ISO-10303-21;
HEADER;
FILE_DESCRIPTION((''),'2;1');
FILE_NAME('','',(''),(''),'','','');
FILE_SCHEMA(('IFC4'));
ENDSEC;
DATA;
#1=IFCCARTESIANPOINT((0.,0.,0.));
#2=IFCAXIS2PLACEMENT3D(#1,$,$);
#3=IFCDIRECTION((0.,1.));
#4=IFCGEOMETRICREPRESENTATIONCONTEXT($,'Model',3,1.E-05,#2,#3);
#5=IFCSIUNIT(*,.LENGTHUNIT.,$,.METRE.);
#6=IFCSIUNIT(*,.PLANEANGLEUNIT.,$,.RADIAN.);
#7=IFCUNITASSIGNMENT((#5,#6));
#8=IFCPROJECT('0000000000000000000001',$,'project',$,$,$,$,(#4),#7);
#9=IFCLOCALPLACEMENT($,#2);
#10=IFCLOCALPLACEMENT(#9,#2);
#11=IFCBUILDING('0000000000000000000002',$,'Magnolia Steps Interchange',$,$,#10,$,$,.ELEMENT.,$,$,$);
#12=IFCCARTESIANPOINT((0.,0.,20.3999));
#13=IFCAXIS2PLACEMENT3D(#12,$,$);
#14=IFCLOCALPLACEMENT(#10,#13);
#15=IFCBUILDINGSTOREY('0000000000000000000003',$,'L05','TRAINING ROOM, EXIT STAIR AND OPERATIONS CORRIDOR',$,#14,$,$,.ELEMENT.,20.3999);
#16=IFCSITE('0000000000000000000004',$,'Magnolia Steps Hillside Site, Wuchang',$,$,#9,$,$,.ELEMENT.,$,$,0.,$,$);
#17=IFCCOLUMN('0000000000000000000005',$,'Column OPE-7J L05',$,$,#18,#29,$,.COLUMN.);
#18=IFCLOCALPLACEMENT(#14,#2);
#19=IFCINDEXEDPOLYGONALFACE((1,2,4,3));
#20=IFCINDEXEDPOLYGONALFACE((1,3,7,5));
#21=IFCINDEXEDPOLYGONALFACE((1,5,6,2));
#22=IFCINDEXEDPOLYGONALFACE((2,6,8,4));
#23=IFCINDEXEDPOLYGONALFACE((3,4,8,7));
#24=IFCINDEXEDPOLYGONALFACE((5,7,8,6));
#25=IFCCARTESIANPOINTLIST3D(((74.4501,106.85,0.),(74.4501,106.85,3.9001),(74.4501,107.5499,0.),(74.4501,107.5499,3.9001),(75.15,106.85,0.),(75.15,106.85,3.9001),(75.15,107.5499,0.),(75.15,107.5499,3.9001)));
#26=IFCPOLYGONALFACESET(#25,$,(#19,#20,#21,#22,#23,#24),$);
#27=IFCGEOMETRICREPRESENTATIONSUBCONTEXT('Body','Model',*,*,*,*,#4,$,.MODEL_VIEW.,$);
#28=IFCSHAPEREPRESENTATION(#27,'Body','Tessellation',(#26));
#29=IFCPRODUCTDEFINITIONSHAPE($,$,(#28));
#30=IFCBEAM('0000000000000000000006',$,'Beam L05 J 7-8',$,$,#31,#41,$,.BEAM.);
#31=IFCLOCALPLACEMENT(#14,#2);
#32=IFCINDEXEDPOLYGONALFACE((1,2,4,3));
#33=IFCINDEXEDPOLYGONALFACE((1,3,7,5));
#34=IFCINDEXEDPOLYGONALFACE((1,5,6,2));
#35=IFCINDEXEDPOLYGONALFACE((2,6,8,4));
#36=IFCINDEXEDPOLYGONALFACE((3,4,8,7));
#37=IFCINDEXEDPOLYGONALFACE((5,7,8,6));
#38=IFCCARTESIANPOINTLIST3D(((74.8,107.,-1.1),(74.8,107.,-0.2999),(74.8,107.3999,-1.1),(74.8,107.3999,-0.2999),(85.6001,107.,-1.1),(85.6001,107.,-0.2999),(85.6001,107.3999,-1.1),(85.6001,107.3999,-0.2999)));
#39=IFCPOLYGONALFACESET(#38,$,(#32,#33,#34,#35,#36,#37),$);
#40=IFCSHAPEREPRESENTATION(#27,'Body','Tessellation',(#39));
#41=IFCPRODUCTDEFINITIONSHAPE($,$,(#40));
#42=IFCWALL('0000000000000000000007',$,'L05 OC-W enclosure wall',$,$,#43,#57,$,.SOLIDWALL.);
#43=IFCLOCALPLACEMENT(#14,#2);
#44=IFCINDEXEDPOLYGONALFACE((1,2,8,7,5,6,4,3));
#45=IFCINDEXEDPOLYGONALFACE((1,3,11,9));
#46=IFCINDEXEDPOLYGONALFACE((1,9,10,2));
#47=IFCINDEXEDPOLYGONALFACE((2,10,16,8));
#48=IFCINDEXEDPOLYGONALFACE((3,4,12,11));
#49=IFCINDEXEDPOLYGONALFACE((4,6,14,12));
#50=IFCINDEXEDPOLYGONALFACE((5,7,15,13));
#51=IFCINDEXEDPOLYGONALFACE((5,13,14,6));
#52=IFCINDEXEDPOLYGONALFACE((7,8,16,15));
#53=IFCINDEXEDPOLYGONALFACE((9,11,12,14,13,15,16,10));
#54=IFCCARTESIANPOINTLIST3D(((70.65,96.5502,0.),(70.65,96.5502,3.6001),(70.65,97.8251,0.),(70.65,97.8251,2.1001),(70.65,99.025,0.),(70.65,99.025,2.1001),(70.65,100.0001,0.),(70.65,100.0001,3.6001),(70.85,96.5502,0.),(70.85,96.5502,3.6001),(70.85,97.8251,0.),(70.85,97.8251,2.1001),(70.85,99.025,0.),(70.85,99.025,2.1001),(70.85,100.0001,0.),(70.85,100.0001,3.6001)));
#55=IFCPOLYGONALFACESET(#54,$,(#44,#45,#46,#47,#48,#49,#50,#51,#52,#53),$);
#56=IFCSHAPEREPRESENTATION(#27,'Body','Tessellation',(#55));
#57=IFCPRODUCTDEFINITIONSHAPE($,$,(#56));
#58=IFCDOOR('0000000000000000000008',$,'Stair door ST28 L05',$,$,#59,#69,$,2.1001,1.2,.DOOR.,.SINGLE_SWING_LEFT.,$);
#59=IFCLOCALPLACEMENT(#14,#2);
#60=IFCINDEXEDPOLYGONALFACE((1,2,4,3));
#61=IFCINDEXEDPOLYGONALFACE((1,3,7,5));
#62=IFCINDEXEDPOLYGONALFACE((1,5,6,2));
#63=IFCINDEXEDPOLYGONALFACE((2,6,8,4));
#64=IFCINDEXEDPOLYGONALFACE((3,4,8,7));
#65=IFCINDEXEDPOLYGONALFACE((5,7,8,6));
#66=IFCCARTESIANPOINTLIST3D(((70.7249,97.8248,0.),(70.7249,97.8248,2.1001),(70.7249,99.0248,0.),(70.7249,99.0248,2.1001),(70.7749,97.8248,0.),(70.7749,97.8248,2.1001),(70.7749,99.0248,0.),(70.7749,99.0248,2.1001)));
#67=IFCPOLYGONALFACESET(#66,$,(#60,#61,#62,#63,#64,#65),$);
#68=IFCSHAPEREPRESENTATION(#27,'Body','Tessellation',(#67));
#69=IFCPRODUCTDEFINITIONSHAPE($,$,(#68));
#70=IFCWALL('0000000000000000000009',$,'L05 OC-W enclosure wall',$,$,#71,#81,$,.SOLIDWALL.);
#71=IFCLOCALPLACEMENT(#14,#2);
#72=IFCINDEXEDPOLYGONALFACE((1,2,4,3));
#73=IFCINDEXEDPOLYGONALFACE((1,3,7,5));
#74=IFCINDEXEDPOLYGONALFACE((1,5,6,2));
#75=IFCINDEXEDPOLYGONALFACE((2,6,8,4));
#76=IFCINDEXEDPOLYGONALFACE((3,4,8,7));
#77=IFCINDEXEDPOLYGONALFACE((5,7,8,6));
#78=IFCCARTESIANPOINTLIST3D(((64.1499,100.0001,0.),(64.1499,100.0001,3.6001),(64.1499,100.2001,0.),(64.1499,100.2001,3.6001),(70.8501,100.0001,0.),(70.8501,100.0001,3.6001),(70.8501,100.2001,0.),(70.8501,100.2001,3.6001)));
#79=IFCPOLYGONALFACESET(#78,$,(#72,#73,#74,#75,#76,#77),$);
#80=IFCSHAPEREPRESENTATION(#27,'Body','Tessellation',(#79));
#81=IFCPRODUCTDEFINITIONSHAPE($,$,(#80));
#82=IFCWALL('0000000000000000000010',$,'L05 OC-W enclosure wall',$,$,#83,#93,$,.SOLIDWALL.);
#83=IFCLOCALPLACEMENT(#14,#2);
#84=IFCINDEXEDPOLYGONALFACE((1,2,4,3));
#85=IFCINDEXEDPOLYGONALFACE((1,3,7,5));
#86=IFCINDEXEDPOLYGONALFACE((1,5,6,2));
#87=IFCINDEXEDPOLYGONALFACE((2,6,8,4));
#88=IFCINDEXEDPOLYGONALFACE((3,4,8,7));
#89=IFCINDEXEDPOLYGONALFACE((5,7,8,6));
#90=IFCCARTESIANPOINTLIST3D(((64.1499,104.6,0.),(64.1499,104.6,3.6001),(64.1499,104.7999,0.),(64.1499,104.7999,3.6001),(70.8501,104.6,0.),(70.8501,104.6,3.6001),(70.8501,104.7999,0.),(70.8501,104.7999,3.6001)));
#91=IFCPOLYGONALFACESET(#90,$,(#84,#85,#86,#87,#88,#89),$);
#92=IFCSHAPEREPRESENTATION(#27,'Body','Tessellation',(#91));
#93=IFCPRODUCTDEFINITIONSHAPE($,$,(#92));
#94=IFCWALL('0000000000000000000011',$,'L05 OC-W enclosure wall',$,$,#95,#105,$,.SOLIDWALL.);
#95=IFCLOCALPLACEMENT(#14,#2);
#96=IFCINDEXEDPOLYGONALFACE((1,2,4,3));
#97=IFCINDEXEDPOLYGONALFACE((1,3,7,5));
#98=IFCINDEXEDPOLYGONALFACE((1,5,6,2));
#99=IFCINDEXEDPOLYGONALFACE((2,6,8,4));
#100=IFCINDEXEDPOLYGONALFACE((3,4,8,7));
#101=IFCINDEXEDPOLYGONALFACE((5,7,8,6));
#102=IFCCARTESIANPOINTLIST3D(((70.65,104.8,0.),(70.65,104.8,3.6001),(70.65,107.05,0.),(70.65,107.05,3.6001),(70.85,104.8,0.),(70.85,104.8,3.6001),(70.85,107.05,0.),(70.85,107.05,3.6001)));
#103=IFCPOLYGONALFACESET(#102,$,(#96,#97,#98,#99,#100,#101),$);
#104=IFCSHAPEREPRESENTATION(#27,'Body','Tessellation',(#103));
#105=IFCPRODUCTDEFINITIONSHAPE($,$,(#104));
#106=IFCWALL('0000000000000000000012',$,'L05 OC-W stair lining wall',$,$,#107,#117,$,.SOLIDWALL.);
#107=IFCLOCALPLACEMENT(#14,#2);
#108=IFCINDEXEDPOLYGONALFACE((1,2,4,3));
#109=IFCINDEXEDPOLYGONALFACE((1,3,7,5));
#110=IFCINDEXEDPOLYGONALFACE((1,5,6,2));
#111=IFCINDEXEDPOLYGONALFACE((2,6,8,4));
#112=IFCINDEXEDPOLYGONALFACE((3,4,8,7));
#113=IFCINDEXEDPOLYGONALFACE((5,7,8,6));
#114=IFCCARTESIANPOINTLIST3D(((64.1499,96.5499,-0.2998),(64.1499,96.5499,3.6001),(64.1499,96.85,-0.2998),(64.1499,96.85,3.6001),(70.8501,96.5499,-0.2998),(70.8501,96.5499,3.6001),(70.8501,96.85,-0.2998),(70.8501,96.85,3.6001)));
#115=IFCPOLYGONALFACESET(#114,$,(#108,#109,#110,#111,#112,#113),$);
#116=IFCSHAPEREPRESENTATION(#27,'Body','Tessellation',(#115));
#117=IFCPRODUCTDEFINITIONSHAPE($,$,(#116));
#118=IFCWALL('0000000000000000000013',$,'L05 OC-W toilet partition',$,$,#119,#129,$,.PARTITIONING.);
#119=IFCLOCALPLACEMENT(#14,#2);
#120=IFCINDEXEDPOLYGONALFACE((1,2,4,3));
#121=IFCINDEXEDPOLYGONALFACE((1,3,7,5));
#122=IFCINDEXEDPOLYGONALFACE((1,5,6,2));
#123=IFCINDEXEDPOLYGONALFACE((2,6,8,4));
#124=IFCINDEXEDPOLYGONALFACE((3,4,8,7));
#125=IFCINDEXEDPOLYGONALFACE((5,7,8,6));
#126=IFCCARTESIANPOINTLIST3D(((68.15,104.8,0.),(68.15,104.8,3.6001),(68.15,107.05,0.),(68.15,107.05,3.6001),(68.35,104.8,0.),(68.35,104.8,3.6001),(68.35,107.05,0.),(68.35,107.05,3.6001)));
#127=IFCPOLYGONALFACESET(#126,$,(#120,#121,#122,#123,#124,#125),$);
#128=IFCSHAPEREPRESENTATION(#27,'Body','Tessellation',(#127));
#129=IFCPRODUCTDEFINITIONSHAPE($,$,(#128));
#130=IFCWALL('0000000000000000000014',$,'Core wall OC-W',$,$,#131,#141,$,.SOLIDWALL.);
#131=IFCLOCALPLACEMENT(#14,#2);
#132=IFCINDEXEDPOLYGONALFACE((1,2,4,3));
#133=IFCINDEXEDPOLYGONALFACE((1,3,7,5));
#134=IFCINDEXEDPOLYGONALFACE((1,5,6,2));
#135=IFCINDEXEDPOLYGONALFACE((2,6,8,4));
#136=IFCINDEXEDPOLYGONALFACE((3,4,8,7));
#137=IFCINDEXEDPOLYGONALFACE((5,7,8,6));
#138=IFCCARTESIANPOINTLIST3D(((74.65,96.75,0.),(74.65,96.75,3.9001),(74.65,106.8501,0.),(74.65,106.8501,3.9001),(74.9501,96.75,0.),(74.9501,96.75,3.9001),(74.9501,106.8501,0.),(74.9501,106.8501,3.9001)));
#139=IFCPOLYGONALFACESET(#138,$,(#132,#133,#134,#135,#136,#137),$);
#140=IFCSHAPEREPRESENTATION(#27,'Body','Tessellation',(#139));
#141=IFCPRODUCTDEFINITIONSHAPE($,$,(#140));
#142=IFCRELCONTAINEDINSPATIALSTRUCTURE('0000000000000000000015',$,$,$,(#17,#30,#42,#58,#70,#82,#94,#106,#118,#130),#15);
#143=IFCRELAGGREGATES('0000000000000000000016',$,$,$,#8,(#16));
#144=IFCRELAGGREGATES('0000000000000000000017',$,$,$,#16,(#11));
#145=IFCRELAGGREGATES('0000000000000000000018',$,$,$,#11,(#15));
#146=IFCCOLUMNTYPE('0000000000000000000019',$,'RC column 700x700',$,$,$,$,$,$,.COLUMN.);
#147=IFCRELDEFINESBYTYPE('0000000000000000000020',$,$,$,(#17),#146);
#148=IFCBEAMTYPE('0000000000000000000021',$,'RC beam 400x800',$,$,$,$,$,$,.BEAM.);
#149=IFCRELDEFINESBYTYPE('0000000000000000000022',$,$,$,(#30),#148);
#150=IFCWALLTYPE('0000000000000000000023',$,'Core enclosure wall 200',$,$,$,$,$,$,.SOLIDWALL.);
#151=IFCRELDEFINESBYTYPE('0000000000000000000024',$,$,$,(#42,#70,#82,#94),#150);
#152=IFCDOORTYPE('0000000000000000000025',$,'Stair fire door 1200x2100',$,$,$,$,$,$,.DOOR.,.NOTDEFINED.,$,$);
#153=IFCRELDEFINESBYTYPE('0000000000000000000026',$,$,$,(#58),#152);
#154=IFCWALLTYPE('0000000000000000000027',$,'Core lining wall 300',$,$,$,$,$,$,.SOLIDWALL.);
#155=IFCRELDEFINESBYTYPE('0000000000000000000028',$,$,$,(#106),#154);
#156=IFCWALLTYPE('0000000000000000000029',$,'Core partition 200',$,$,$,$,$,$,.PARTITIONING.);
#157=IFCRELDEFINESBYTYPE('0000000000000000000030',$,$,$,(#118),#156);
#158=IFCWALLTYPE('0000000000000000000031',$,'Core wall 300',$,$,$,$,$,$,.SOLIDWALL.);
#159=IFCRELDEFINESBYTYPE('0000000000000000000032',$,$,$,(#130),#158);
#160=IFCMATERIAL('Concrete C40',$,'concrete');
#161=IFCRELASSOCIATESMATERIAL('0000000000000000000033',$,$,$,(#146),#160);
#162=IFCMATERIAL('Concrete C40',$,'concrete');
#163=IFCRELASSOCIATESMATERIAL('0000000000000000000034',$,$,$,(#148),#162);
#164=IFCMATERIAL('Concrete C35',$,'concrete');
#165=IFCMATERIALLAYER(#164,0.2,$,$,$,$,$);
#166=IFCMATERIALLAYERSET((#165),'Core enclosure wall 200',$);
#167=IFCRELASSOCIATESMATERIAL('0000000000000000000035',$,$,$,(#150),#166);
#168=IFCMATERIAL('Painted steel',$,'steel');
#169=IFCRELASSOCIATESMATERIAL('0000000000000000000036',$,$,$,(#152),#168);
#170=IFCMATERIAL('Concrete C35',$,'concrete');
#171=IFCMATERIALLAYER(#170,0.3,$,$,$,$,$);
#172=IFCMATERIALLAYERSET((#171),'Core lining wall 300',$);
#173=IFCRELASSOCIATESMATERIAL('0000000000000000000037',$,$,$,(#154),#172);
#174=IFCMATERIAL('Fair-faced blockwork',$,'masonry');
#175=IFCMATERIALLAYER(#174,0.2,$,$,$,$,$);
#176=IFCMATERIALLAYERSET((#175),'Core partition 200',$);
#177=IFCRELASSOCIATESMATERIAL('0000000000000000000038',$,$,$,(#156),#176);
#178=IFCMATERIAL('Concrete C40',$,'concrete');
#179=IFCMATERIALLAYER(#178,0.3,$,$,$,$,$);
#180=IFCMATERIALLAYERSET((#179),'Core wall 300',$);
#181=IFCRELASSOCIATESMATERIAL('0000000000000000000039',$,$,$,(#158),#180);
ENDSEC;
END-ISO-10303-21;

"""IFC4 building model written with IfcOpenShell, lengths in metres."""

from ifc_helpers import new_model, si_unit, direction, frame, frame_2d, origin, origin_2d, place, context, subcontext, project, spatial, rectangle, extrude, material, layer, layer_set, material_profile, profile_set, type_object, element, fill, save


model = new_model("IFC4")

# Units and contexts
model_context = context("Model", 3, precision=1e-05, world=origin(), true_north=direction((0.0, 1.0)))
body_context = subcontext(model_context, "Body", "Model", "MODEL_VIEW")
ifc_project = project(units=[si_unit("LENGTHUNIT", "METRE"), si_unit("PLANEANGLEUNIT", "RADIAN")], contexts=[model_context])

# Site, building, storey
site_placement = place(None, origin())
site = spatial("IfcSite", under=ifc_project, at=site_placement, Name="Magnolia Steps Hillside Site, Wuchang", CompositionType="ELEMENT", RefElevation=0.0)
building_placement = place(site_placement, origin())
building = spatial("IfcBuilding", under=site, at=building_placement, Name="Magnolia Steps Interchange", CompositionType="ELEMENT")
storey_placement = place(building_placement, frame((0.0, 0.0, 20.3999)))
storey = spatial("IfcBuildingStorey", under=building, at=storey_placement, Name="L05", Description="TRAINING ROOM, EXIT STAIR AND OPERATIONS CORRIDOR", CompositionType="ELEMENT", Elevation=20.3999)

# Column
ifc_material_1 = material(Name="Concrete C40", Category="concrete")
ifc_material_profile_1 = material_profile(ifc_material_1, rectangle(XDim=0.7, YDim=0.7, at=origin_2d()), Name="RC700x700")
ifc_profile_set_1 = profile_set([ifc_material_profile_1], Name="Concrete C40")
column_type = type_object("IfcColumnType", Name="RC column 700x700", PredefinedType="COLUMN", material=ifc_profile_set_1)
column_placement = place(storey_placement, frame((74.8, 107.2, 0.0), z_axis=(0.0, 0.0, 1.0), x_axis=(1.0, 0.0, 0.0)))
element("IfcColumn", 1, at=column_placement, inside=storey, type_object=column_type, Name="Column OPE-7J L05", PredefinedType="COLUMN", context=body_context, shape_type="SweptSolid", body=[
    extrude(rectangle(XDim=0.7, YDim=0.7, at=origin_2d()), origin(), (0.0, 0.0, 1.0), 3.9001),
])

# Beam
ifc_material_2 = material(Name="Concrete C40", Category="concrete")
ifc_material_profile_2 = material_profile(ifc_material_2, rectangle(XDim=0.3999, YDim=0.8, at=origin_2d()), Name="RC400x800")
ifc_profile_set_2 = profile_set([ifc_material_profile_2], Name="Concrete C40")
beam_type = type_object("IfcBeamType", Name="RC beam 400x800", PredefinedType="BEAM", material=ifc_profile_set_2)
beam_placement = place(storey_placement, frame((74.8, 107.2, -0.7), z_axis=(1.0, 0.0, 0.0), x_axis=(0.0, 1.0, 0.0)))
element("IfcBeam", 2, at=beam_placement, inside=storey, type_object=beam_type, Name="Beam L05 J 7-8", PredefinedType="BEAM", context=body_context, shape_type="SweptSolid", body=[
    extrude(rectangle(XDim=0.3999, YDim=0.8, at=origin_2d()), origin(), (0.0, 0.0, 1.0), 10.8),
])

# Wall, opening, door
ifc_material_3 = material(Name="Concrete C35", Category="concrete")
ifc_layer_1 = layer(ifc_material_3, 0.2)
ifc_layer_set_1 = layer_set([ifc_layer_1], Name="Core enclosure wall 200")
wall_type_1 = type_object("IfcWallType", Name="Core enclosure wall 200", PredefinedType="SOLIDWALL", material=ifc_layer_set_1)
wall_1_placement = place(storey_placement, frame((70.75, 96.55, 0.0), z_axis=(0.0, 0.0, 1.0), x_axis=(0.0, 1.0, 0.0)))
wall_1 = element("IfcWall", 3, at=wall_1_placement, inside=storey, type_object=wall_type_1, Name="L05 OC-W enclosure wall", PredefinedType="SOLIDWALL", context=body_context, shape_type="SweptSolid", body=[
    extrude(rectangle(XDim=3.45, YDim=0.2, at=frame_2d((1.7251, 0.0))), origin(), (0.0, 0.0, 1.0), 3.6001),
])
opening_1_placement = place(wall_1_placement, frame((1.2749, 0.0, 0.0)))
opening_1 = element("IfcOpeningElement", 4, at=opening_1_placement, cuts=wall_1, PredefinedType="OPENING", context=body_context, shape_type="SweptSolid", body=[
    extrude(rectangle(XDim=1.2, YDim=2.1001, at=frame_2d((0.6001, 1.05))), frame((0.0, 0.1099, 0.0), z_axis=(0.0, -1.0, 0.0), x_axis=(1.0, 0.0, 0.0)), (0.0, 0.0, 1.0), 0.22),
])
ifc_material_4 = material(Name="Painted steel", Category="steel")
door_type_1 = type_object("IfcDoorType", Name="Stair fire door 1200x2100", OperationType="NOTDEFINED", PredefinedType="DOOR", material=ifc_material_4)
door_1_placement = place(opening_1_placement, frame((1.2, 0.0, 0.0), z_axis=(0.0, 0.0, 1.0), x_axis=(-1.0, 0.0, 0.0)))
door_1 = element("IfcDoor", 5, at=door_1_placement, inside=storey, type_object=door_type_1, Name="Stair door ST28 L05", OperationType="SINGLE_SWING_LEFT", OverallHeight=2.1001, OverallWidth=1.2, PredefinedType="DOOR", context=body_context, shape_type="SweptSolid", body=[
    extrude(rectangle(XDim=1.2, YDim=2.1001, at=frame_2d((0.6001, 1.05))), frame((0.0, 0.0249, 0.0), z_axis=(0.0, -1.0, 0.0), x_axis=(1.0, 0.0, 0.0)), (0.0, 0.0, 1.0), 0.05),
])
fill(opening_1, door_1)

# Walls
for number, where, z_axis, x_axis, name in (
    (6, (70.8501, 100.1001, 0.0), (0.0, 0.0, 1.0), (-1.0, 0.0, 0.0), "L05 OC-W enclosure wall"),
    (7, (70.8501, 104.7, 0.0), (0.0, 0.0, 1.0), (-1.0, 0.0, 0.0), "L05 OC-W enclosure wall"),
):
    element("IfcWall", number, at=place(storey_placement, frame(where, z_axis=z_axis, x_axis=x_axis)), inside=storey, type_object=wall_type_1, Name=name, PredefinedType="SOLIDWALL", context=body_context, shape_type="SweptSolid", body=[
        extrude(rectangle(XDim=6.7002, YDim=0.2, at=frame_2d((3.3501, 0.0))), origin(), (0.0, 0.0, 1.0), 3.6001),
    ])
wall_2_placement = place(storey_placement, frame((70.75, 104.8, 0.0), z_axis=(0.0, 0.0, 1.0), x_axis=(0.0, 1.0, 0.0)))
element("IfcWall", 8, at=wall_2_placement, inside=storey, type_object=wall_type_1, Name="L05 OC-W enclosure wall", PredefinedType="SOLIDWALL", context=body_context, shape_type="SweptSolid", body=[
    extrude(rectangle(XDim=2.25, YDim=0.2, at=frame_2d((1.125, 0.0))), origin(), (0.0, 0.0, 1.0), 3.6001),
])
ifc_material_5 = material(Name="Concrete C35", Category="concrete")
ifc_layer_2 = layer(ifc_material_5, 0.3)
ifc_layer_set_2 = layer_set([ifc_layer_2], Name="Core lining wall 300")
wall_type_2 = type_object("IfcWallType", Name="Core lining wall 300", PredefinedType="SOLIDWALL", material=ifc_layer_set_2)
wall_3_placement = place(storey_placement, frame((70.8501, 96.7, -0.2998), z_axis=(0.0, 0.0, 1.0), x_axis=(-1.0, 0.0, 0.0)))
element("IfcWall", 9, at=wall_3_placement, inside=storey, type_object=wall_type_2, Name="L05 OC-W stair lining wall", PredefinedType="SOLIDWALL", context=body_context, shape_type="SweptSolid", body=[
    extrude(rectangle(XDim=6.7002, YDim=0.3, at=frame_2d((3.3501, 0.0))), origin(), (0.0, 0.0, 1.0), 3.8999),
])
ifc_material_6 = material(Name="Fair-faced blockwork", Category="masonry")
ifc_layer_3 = layer(ifc_material_6, 0.2)
ifc_layer_set_3 = layer_set([ifc_layer_3], Name="Core partition 200")
wall_type_3 = type_object("IfcWallType", Name="Core partition 200", PredefinedType="PARTITIONING", material=ifc_layer_set_3)
wall_4_placement = place(storey_placement, frame((68.25, 104.8, 0.0), z_axis=(0.0, 0.0, 1.0), x_axis=(0.0, 1.0, 0.0)))
element("IfcWall", 10, at=wall_4_placement, inside=storey, type_object=wall_type_3, Name="L05 OC-W toilet partition", PredefinedType="PARTITIONING", context=body_context, shape_type="SweptSolid", body=[
    extrude(rectangle(XDim=2.25, YDim=0.2, at=frame_2d((1.125, 0.0))), origin(), (0.0, 0.0, 1.0), 3.6001),
])
ifc_material_7 = material(Name="Concrete C40", Category="concrete")
ifc_layer_4 = layer(ifc_material_7, 0.3)
ifc_layer_set_4 = layer_set([ifc_layer_4], Name="Core wall 300")
wall_type_4 = type_object("IfcWallType", Name="Core wall 300", PredefinedType="SOLIDWALL", material=ifc_layer_set_4)
wall_5_placement = place(storey_placement, frame((74.8, 96.75, 0.0), z_axis=(0.0, 0.0, 1.0), x_axis=(0.0, 1.0, 0.0)))
element("IfcWall", 11, at=wall_5_placement, inside=storey, type_object=wall_type_4, Name="Core wall OC-W", PredefinedType="SOLIDWALL", context=body_context, shape_type="SweptSolid", body=[
    extrude(rectangle(XDim=10.1001, YDim=0.3, at=frame_2d((5.05, 0.0))), origin(), (0.0, 0.0, 1.0), 3.9001),
])

save(model, "model.ifc")
